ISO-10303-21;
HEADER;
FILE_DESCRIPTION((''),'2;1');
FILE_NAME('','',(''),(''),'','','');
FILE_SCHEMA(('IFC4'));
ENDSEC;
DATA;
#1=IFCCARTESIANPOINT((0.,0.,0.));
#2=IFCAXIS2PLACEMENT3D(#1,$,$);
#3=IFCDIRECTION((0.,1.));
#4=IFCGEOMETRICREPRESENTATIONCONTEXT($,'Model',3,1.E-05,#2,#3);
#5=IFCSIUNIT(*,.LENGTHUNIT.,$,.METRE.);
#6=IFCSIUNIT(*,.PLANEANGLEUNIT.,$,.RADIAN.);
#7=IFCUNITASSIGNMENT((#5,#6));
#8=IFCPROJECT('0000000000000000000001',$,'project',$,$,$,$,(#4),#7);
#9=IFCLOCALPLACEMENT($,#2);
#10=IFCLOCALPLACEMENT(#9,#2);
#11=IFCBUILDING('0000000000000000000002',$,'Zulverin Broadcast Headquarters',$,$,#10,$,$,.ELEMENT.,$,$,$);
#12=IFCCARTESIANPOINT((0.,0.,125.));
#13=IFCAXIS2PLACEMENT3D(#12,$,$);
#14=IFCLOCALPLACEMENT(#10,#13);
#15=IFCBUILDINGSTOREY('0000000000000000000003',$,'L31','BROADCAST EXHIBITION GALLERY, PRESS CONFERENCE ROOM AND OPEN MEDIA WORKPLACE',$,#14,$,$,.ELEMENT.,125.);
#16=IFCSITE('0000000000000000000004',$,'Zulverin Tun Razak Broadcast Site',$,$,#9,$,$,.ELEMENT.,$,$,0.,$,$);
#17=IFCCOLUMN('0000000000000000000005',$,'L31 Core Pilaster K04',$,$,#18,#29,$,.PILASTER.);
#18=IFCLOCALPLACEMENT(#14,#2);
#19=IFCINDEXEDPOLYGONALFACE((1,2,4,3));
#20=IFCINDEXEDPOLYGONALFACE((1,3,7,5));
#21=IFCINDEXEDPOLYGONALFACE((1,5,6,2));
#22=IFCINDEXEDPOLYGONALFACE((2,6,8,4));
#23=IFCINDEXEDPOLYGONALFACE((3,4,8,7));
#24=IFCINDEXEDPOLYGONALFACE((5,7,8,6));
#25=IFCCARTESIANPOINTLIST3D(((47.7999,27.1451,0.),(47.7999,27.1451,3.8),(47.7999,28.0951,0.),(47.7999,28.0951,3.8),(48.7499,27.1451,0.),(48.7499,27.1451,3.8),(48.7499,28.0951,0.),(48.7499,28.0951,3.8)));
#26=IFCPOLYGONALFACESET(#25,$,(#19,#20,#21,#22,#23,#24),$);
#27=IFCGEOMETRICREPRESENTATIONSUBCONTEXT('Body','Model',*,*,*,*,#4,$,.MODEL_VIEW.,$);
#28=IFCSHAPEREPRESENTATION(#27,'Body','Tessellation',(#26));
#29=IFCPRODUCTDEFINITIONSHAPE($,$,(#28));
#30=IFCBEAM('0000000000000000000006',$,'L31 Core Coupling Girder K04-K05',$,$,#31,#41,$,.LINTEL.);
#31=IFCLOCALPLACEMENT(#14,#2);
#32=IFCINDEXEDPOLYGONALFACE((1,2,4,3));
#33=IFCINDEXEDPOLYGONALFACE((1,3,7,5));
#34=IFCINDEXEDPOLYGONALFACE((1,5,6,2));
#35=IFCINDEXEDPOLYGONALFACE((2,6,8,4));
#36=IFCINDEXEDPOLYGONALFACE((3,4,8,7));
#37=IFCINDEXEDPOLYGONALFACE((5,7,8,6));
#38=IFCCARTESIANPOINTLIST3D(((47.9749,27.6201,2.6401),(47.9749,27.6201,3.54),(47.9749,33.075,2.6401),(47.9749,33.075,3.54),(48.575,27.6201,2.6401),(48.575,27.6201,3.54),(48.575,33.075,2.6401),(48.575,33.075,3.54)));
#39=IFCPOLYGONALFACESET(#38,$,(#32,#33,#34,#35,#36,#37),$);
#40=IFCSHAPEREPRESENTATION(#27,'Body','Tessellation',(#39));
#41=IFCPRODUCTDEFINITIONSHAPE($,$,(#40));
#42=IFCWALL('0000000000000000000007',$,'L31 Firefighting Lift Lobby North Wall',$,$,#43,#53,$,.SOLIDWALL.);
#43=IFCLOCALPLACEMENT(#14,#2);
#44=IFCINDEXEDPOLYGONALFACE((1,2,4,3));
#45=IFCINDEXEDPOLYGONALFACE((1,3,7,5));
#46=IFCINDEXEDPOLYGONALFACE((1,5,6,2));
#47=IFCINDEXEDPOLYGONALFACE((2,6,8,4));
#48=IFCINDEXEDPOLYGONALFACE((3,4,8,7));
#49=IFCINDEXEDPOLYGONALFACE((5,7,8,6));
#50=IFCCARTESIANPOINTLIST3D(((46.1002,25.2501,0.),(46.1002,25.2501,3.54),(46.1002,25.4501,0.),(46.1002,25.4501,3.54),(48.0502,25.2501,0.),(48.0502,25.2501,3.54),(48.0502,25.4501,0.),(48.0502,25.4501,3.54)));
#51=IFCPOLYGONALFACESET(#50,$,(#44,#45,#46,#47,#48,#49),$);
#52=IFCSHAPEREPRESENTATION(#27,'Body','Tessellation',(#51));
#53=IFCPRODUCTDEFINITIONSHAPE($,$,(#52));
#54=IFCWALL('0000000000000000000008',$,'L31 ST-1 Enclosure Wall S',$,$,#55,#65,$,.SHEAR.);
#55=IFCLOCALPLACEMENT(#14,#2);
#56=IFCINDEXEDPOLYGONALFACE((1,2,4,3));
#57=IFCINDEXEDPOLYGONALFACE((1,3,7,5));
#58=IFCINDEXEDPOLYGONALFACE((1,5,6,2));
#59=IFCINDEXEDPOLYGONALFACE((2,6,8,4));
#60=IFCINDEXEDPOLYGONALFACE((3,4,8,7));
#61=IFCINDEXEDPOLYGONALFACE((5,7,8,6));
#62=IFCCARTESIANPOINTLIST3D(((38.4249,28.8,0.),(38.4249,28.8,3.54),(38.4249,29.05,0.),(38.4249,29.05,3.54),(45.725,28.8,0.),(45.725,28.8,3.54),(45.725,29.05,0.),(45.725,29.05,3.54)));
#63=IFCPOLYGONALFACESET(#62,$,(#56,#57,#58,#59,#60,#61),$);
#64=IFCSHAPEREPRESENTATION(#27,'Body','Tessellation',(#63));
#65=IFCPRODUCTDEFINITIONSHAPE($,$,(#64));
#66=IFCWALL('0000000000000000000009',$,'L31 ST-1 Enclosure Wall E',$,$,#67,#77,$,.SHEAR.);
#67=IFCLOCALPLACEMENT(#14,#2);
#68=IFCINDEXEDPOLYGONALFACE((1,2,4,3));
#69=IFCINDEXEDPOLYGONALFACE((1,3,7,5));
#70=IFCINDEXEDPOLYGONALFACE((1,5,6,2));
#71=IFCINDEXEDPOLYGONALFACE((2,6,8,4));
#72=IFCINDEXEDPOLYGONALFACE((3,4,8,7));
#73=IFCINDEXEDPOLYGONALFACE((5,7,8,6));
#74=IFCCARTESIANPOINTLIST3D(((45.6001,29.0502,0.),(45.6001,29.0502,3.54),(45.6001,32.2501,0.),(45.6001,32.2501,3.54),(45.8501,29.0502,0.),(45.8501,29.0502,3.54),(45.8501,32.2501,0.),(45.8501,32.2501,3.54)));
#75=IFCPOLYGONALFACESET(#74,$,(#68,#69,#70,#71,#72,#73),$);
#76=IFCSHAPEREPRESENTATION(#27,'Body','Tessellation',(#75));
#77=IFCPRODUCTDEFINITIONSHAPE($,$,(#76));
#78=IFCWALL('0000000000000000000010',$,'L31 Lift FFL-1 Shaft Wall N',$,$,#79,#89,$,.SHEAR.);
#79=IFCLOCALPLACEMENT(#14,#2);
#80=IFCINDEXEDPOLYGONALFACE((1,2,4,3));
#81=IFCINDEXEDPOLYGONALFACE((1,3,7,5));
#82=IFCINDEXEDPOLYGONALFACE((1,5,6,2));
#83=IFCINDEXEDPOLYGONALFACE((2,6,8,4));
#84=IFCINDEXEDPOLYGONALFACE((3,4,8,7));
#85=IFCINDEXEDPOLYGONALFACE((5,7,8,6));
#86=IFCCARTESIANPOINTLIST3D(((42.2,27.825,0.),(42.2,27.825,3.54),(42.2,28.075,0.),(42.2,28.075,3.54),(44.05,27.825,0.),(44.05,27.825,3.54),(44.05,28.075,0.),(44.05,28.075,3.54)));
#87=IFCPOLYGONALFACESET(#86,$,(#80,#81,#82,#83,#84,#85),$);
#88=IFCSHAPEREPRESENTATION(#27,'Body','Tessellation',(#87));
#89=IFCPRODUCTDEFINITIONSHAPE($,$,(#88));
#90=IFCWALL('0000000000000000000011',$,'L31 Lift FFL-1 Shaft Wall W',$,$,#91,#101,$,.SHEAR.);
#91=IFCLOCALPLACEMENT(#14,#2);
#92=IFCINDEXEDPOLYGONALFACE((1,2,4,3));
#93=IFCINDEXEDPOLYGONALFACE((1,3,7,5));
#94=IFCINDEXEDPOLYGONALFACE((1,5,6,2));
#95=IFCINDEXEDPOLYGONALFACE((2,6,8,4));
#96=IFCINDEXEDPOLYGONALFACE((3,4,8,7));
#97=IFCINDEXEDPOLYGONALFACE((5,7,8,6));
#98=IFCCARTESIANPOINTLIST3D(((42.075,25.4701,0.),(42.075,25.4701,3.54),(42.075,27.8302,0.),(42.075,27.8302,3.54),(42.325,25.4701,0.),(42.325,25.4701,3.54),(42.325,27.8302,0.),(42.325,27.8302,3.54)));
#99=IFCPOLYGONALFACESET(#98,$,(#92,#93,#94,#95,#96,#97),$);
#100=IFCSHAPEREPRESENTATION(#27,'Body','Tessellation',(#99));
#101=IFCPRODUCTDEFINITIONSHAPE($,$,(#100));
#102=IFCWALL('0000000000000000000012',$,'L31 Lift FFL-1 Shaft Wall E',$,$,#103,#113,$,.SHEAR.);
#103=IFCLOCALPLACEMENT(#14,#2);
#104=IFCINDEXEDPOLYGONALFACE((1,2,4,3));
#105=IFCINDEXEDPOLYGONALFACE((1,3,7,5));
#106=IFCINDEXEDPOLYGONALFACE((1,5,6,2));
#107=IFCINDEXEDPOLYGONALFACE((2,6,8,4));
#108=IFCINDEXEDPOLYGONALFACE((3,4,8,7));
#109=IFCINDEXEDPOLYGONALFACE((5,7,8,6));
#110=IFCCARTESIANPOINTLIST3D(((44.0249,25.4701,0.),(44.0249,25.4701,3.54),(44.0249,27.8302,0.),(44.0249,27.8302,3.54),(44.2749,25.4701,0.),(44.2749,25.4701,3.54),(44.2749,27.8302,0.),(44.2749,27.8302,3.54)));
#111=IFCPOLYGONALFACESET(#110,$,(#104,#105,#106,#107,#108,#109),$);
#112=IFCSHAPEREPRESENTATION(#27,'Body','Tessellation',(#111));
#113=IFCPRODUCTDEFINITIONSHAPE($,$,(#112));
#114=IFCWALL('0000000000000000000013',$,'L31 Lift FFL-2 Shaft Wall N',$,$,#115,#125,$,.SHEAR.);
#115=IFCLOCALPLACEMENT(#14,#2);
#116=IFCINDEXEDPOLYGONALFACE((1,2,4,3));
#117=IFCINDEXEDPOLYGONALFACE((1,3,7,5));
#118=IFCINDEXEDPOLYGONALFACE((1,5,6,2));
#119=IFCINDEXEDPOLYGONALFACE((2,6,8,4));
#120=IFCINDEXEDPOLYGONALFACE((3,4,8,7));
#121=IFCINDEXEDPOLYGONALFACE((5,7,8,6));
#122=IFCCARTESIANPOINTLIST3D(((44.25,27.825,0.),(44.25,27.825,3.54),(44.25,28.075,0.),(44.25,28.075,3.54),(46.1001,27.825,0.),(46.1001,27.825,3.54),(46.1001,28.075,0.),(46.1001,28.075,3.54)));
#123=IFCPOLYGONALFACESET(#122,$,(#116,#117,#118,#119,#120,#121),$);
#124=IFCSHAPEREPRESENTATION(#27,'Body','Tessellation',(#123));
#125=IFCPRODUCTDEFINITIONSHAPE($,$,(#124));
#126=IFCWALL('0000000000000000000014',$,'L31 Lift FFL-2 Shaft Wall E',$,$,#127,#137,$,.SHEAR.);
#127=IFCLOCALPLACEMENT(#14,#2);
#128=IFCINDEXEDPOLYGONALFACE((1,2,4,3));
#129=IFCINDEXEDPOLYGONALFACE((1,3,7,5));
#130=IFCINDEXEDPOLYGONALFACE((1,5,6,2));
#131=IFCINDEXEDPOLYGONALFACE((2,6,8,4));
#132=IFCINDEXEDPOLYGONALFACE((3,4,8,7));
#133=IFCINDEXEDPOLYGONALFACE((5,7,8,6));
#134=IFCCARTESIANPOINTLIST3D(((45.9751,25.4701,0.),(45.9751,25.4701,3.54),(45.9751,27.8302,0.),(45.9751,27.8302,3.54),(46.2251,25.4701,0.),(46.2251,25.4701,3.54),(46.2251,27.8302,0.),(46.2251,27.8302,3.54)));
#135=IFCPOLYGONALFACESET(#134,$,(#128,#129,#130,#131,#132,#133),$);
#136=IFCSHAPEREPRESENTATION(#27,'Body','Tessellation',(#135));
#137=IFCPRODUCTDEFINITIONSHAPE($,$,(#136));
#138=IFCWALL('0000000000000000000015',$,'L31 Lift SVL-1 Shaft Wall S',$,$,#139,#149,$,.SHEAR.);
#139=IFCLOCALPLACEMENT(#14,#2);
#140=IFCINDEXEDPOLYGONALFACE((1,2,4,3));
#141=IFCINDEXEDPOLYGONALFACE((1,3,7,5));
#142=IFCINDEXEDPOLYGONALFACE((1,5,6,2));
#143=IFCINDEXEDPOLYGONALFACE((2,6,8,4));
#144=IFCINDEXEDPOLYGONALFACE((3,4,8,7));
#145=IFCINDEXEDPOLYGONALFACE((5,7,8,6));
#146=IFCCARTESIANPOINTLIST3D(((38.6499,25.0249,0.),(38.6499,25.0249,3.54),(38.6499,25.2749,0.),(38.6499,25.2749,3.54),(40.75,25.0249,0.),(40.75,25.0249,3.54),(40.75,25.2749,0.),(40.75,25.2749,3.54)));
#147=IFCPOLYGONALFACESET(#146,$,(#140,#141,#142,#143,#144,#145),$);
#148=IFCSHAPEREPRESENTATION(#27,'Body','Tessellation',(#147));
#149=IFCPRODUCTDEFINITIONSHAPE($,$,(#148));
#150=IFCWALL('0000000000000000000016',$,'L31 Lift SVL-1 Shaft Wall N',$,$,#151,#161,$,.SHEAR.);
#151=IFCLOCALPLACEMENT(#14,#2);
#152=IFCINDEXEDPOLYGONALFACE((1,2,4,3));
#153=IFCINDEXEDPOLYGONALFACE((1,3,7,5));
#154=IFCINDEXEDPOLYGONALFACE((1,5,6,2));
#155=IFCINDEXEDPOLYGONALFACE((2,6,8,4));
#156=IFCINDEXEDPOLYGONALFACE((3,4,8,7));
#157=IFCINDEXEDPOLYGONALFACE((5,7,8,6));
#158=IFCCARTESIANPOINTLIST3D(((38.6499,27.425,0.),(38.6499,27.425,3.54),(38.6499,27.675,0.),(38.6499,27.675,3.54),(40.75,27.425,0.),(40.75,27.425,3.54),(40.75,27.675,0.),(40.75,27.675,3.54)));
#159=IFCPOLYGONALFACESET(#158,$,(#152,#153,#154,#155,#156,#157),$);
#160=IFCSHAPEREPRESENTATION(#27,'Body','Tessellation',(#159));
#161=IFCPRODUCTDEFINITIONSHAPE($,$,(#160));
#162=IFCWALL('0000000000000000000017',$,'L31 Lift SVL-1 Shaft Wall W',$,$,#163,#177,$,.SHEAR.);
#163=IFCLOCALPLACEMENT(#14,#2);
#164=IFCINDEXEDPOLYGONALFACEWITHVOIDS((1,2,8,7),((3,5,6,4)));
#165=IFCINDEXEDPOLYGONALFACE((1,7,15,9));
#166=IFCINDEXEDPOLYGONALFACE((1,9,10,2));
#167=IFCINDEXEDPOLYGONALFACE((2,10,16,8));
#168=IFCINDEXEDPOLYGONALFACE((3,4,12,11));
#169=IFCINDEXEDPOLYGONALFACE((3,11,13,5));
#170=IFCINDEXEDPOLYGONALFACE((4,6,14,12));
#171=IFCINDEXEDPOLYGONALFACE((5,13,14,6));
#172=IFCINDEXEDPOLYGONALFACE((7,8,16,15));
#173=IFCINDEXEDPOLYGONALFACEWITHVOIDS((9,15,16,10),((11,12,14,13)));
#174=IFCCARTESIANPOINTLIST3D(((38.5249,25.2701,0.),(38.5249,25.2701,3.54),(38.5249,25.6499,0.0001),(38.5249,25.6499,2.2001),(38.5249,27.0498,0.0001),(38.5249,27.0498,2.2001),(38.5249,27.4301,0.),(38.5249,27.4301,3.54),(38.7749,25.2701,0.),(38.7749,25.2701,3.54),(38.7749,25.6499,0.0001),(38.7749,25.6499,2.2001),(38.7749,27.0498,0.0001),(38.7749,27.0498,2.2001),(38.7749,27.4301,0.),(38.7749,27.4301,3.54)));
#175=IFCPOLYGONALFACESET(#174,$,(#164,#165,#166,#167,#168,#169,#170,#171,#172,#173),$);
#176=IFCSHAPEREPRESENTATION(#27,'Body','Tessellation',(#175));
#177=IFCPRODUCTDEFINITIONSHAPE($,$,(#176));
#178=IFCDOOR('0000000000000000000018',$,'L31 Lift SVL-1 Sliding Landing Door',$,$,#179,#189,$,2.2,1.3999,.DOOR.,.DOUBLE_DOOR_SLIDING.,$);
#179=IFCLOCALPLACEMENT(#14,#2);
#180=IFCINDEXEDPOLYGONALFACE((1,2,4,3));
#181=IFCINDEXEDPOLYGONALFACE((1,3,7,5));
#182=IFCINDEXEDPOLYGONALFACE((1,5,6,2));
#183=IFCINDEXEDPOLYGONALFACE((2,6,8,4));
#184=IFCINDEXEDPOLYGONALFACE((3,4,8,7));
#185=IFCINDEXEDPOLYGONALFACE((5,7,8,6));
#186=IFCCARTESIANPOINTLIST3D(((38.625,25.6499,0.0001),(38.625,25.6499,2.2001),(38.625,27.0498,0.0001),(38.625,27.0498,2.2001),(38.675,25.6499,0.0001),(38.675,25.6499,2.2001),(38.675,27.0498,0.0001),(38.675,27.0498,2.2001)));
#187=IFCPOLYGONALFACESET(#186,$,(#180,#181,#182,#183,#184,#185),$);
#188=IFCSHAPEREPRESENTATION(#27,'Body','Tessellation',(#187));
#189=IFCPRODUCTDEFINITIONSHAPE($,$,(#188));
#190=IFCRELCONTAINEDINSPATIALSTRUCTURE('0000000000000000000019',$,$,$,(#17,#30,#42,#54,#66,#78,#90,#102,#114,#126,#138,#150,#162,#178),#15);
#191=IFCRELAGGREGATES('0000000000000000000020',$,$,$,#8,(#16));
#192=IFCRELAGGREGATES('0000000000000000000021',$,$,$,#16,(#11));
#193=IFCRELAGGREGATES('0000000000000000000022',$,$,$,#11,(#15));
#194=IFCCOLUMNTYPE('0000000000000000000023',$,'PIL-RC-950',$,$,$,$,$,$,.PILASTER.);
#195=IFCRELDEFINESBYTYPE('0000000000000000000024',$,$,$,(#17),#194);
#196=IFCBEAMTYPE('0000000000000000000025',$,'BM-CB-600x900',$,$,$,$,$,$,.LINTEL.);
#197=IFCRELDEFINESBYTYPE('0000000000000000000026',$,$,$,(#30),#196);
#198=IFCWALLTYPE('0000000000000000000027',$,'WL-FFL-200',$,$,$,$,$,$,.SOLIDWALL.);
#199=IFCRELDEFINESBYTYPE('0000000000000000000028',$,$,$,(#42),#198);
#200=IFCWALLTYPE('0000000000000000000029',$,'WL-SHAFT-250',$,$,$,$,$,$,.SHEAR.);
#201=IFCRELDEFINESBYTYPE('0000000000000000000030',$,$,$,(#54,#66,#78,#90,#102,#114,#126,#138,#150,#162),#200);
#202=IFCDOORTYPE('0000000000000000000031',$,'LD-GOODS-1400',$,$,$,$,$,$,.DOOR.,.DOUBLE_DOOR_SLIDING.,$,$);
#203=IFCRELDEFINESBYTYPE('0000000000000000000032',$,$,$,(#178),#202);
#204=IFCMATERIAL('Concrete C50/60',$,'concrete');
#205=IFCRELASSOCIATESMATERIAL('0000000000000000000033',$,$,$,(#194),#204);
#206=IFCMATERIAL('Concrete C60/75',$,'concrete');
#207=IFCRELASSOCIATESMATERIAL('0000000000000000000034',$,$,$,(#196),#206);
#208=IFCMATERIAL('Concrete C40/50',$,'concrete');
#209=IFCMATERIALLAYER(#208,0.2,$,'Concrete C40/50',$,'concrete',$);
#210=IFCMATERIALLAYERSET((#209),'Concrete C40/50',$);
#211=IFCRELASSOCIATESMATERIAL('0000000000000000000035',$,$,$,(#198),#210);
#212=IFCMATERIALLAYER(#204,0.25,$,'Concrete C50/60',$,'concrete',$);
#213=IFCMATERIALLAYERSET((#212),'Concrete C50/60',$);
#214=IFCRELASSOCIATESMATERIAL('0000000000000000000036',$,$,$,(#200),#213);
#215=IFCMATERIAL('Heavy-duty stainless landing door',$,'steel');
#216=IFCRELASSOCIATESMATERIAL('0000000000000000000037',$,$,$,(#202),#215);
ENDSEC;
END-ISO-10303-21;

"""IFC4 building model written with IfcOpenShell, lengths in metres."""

from ifc_helpers import new_model, si_unit, direction, frame, frame_2d, origin, origin_2d, place, context, subcontext, project, spatial, rectangle, extrude, material, layer, layer_set, material_profile, profile_set, type_object, element, fill, save


model = new_model("IFC4")

# Units and contexts
model_context = context("Model", 3, precision=1e-05, world=origin(), true_north=direction((0.0, 1.0)))
body_context = subcontext(model_context, "Body", "Model", "MODEL_VIEW")
ifc_project = project(units=[si_unit("LENGTHUNIT", "METRE"), si_unit("PLANEANGLEUNIT", "RADIAN")], contexts=[model_context])

# Site, building, storey
site_placement = place(None, origin())
site = spatial("IfcSite", under=ifc_project, at=site_placement, Name="Zulverin Tun Razak Broadcast Site", CompositionType="ELEMENT", RefElevation=0.0)
building_placement = place(site_placement, origin())
building = spatial("IfcBuilding", under=site, at=building_placement, Name="Zulverin Broadcast Headquarters", CompositionType="ELEMENT")
storey_placement = place(building_placement, frame((0.0, 0.0, 125.0)))
storey = spatial("IfcBuildingStorey", under=building, at=storey_placement, Name="L31", Description="BROADCAST EXHIBITION GALLERY, PRESS CONFERENCE ROOM AND OPEN MEDIA WORKPLACE", CompositionType="ELEMENT", Elevation=125.0)

# Column
ifc_material_1 = material(Name="Concrete C50/60", Category="concrete")
ifc_material_profile_1 = material_profile(ifc_material_1, rectangle(XDim=0.95, YDim=0.95, at=origin_2d()), Name="Concrete C50/60", Category="concrete")
ifc_profile_set_1 = profile_set([ifc_material_profile_1], Name="Concrete C50/60")
column_type = type_object("IfcColumnType", Name="PIL-RC-950", PredefinedType="PILASTER", material=ifc_profile_set_1)
column_placement = place(storey_placement, frame((48.2749, 27.6201, 0.0), z_axis=(0.0, 0.0, 1.0), x_axis=(1.0, 0.0, 0.0)))
element("IfcColumn", 1, at=column_placement, inside=storey, type_object=column_type, Name="L31 Core Pilaster K04", PredefinedType="PILASTER", context=body_context, shape_type="SweptSolid", body=[
    extrude(rectangle(XDim=0.95, YDim=0.95, at=origin_2d()), origin(), (0.0, 0.0, 1.0), 3.8),
])

# Beam
ifc_material_2 = material(Name="Concrete C60/75", Category="concrete")
ifc_material_profile_2 = material_profile(ifc_material_2, rectangle(XDim=0.6001, YDim=0.8999, at=origin_2d()), Name="Concrete C60/75", Category="concrete")
ifc_profile_set_2 = profile_set([ifc_material_profile_2], Name="Concrete C60/75")
beam_type = type_object("IfcBeamType", Name="BM-CB-600x900", PredefinedType="LINTEL", material=ifc_profile_set_2)
beam_placement = place(storey_placement, frame((48.2749, 27.6201, 3.0901), z_axis=(0.0, 1.0, 0.0), x_axis=(-1.0, 0.0, 0.0)))
element("IfcBeam", 2, at=beam_placement, inside=storey, type_object=beam_type, Name="L31 Core Coupling Girder K04-K05", PredefinedType="LINTEL", context=body_context, shape_type="SweptSolid", body=[
    extrude(rectangle(XDim=0.6001, YDim=0.8999, at=origin_2d()), origin(), (0.0, 0.0, 1.0), 5.4548),
])

# Walls
ifc_material_3 = material(Name="Concrete C40/50", Category="concrete")
ifc_layer_1 = layer(ifc_material_3, 0.2, Name="Concrete C40/50", Category="concrete")
ifc_layer_set_1 = layer_set([ifc_layer_1], Name="Concrete C40/50")
wall_type_1 = type_object("IfcWallType", Name="WL-FFL-200", PredefinedType="SOLIDWALL", material=ifc_layer_set_1)
wall_1_placement = place(storey_placement, frame((46.1001, 25.3501, 0.0), z_axis=(0.0, 0.0, 1.0), x_axis=(1.0, 0.0, 0.0)))
element("IfcWall", 3, at=wall_1_placement, inside=storey, type_object=wall_type_1, Name="L31 Firefighting Lift Lobby North Wall", PredefinedType="SOLIDWALL", context=body_context, shape_type="SweptSolid", body=[
    extrude(rectangle(XDim=1.95, YDim=0.2, at=frame_2d((0.9751, 0.0))), origin(), (0.0, 0.0, 1.0), 3.54),
])
ifc_layer_2 = layer(ifc_material_1, 0.25, Name="Concrete C50/60", Category="concrete")
ifc_layer_set_2 = layer_set([ifc_layer_2], Name="Concrete C50/60")
wall_type_2 = type_object("IfcWallType", Name="WL-SHAFT-250", PredefinedType="SHEAR", material=ifc_layer_set_2)
wall_2_placement = place(storey_placement, frame((38.425, 28.925, 0.0), z_axis=(0.0, 0.0, 1.0), x_axis=(1.0, 0.0, 0.0)))
element("IfcWall", 4, at=wall_2_placement, inside=storey, type_object=wall_type_2, Name="L31 ST-1 Enclosure Wall S", PredefinedType="SHEAR", context=body_context, shape_type="SweptSolid", body=[
    extrude(rectangle(XDim=7.3, YDim=0.25, at=frame_2d((3.6499, 0.0))), origin(), (0.0, 0.0, 1.0), 3.54),
])

# Wall
wall_3_placement = place(storey_placement, frame((45.7251, 29.05, 0.0), z_axis=(0.0, 0.0, 1.0), x_axis=(0.0, 1.0, 0.0)))
element("IfcWall", 5, at=wall_3_placement, inside=storey, type_object=wall_type_2, Name="L31 ST-1 Enclosure Wall E", PredefinedType="SHEAR", context=body_context, shape_type="SweptSolid", body=[
    extrude(rectangle(XDim=3.2, YDim=0.25, at=frame_2d((1.6001, 0.0))), origin(), (0.0, 0.0, 1.0), 3.54),
])

# Walls
wall_4_placement = place(storey_placement, frame((42.2, 27.95, 0.0), z_axis=(0.0, 0.0, 1.0), x_axis=(1.0, 0.0, 0.0)))
element("IfcWall", 6, at=wall_4_placement, inside=storey, type_object=wall_type_2, Name="L31 Lift FFL-1 Shaft Wall N", PredefinedType="SHEAR", context=body_context, shape_type="SweptSolid", body=[
    extrude(rectangle(XDim=1.8501, YDim=0.25, at=frame_2d((0.925, 0.0))), origin(), (0.0, 0.0, 1.0), 3.54),
])
for number, where, z_axis, x_axis, name in (
    (7, (42.2, 25.47, 0.0), (0.0, 0.0, 1.0), (0.0, 1.0, 0.0), "L31 Lift FFL-1 Shaft Wall W"),
    (8, (44.1499, 25.47, 0.0), (0.0, 0.0, 1.0), (0.0, 1.0, 0.0), "L31 Lift FFL-1 Shaft Wall E"),
):
    element("IfcWall", number, at=place(storey_placement, frame(where, z_axis=z_axis, x_axis=x_axis)), inside=storey, type_object=wall_type_2, Name=name, PredefinedType="SHEAR", context=body_context, shape_type="SweptSolid", body=[
        extrude(rectangle(XDim=2.3601, YDim=0.25, at=frame_2d((1.1802, 0.0))), origin(), (0.0, 0.0, 1.0), 3.54),
    ])

# Walls
wall_5_placement = place(storey_placement, frame((44.25, 27.95, 0.0), z_axis=(0.0, 0.0, 1.0), x_axis=(1.0, 0.0, 0.0)))
element("IfcWall", 9, at=wall_5_placement, inside=storey, type_object=wall_type_2, Name="L31 Lift FFL-2 Shaft Wall N", PredefinedType="SHEAR", context=body_context, shape_type="SweptSolid", body=[
    extrude(rectangle(XDim=1.8501, YDim=0.25, at=frame_2d((0.925, 0.0))), origin(), (0.0, 0.0, 1.0), 3.54),
])
wall_6_placement = place(storey_placement, frame((46.1001, 25.47, 0.0), z_axis=(0.0, 0.0, 1.0), x_axis=(0.0, 1.0, 0.0)))
element("IfcWall", 10, at=wall_6_placement, inside=storey, type_object=wall_type_2, Name="L31 Lift FFL-2 Shaft Wall E", PredefinedType="SHEAR", context=body_context, shape_type="SweptSolid", body=[
    extrude(rectangle(XDim=2.3601, YDim=0.25, at=frame_2d((1.1802, 0.0))), origin(), (0.0, 0.0, 1.0), 3.54),
])
for number, where, z_axis, x_axis, name in (
    (11, (38.6499, 25.1499, 0.0), (0.0, 0.0, 1.0), (1.0, 0.0, 0.0), "L31 Lift SVL-1 Shaft Wall S"),
    (12, (38.6499, 27.55, 0.0), (0.0, 0.0, 1.0), (1.0, 0.0, 0.0), "L31 Lift SVL-1 Shaft Wall N"),
):
    element("IfcWall", number, at=place(storey_placement, frame(where, z_axis=z_axis, x_axis=x_axis)), inside=storey, type_object=wall_type_2, Name=name, PredefinedType="SHEAR", context=body_context, shape_type="SweptSolid", body=[
        extrude(rectangle(XDim=2.1001, YDim=0.25, at=frame_2d((1.05, 0.0))), origin(), (0.0, 0.0, 1.0), 3.54),
    ])

# Wall, opening, door
wall_7_placement = place(storey_placement, frame((38.6499, 25.27, 0.0), z_axis=(0.0, 0.0, 1.0), x_axis=(0.0, 1.0, 0.0)))
wall_7 = element("IfcWall", 13, at=wall_7_placement, inside=storey, type_object=wall_type_2, Name="L31 Lift SVL-1 Shaft Wall W", PredefinedType="SHEAR", context=body_context, shape_type="SweptSolid", body=[
    extrude(rectangle(XDim=2.1599, YDim=0.25, at=frame_2d((1.0801, 0.0))), origin(), (0.0, 0.0, 1.0), 3.54),
])
opening_1_placement = place(wall_7_placement, frame((0.3799, 0.0, 0.0)))
opening_1 = element("IfcOpeningElement", 14, at=opening_1_placement, cuts=wall_7, PredefinedType="OPENING", context=body_context, shape_type="SweptSolid", body=[
    extrude(rectangle(XDim=1.3999, YDim=2.2, at=frame_2d((0.7, 1.1001))), frame((0.0, 0.135, 0.0), z_axis=(0.0, -1.0, 0.0), x_axis=(1.0, 0.0, 0.0)), (0.0, 0.0, 1.0), 0.27),
])
ifc_material_4 = material(Name="Heavy-duty stainless landing door", Category="steel")
door_type_1 = type_object("IfcDoorType", Name="LD-GOODS-1400", OperationType="DOUBLE_DOOR_SLIDING", PredefinedType="DOOR", material=ifc_material_4)
door_1_placement = place(opening_1_placement, origin())
door_1 = element("IfcDoor", 15, at=door_1_placement, inside=storey, type_object=door_type_1, Name="L31 Lift SVL-1 Sliding Landing Door", OperationType="DOUBLE_DOOR_SLIDING", OverallHeight=2.2, OverallWidth=1.3999, PredefinedType="DOOR", context=body_context, shape_type="SweptSolid", body=[
    extrude(rectangle(XDim=1.3999, YDim=2.2, at=frame_2d((0.7, 1.1001))), frame((0.0, 0.0249, 0.0), z_axis=(0.0, -1.0, 0.0), x_axis=(1.0, 0.0, 0.0)), (0.0, 0.0, 1.0), 0.05),
])
fill(opening_1, door_1)

save(model, "model.ifc")
